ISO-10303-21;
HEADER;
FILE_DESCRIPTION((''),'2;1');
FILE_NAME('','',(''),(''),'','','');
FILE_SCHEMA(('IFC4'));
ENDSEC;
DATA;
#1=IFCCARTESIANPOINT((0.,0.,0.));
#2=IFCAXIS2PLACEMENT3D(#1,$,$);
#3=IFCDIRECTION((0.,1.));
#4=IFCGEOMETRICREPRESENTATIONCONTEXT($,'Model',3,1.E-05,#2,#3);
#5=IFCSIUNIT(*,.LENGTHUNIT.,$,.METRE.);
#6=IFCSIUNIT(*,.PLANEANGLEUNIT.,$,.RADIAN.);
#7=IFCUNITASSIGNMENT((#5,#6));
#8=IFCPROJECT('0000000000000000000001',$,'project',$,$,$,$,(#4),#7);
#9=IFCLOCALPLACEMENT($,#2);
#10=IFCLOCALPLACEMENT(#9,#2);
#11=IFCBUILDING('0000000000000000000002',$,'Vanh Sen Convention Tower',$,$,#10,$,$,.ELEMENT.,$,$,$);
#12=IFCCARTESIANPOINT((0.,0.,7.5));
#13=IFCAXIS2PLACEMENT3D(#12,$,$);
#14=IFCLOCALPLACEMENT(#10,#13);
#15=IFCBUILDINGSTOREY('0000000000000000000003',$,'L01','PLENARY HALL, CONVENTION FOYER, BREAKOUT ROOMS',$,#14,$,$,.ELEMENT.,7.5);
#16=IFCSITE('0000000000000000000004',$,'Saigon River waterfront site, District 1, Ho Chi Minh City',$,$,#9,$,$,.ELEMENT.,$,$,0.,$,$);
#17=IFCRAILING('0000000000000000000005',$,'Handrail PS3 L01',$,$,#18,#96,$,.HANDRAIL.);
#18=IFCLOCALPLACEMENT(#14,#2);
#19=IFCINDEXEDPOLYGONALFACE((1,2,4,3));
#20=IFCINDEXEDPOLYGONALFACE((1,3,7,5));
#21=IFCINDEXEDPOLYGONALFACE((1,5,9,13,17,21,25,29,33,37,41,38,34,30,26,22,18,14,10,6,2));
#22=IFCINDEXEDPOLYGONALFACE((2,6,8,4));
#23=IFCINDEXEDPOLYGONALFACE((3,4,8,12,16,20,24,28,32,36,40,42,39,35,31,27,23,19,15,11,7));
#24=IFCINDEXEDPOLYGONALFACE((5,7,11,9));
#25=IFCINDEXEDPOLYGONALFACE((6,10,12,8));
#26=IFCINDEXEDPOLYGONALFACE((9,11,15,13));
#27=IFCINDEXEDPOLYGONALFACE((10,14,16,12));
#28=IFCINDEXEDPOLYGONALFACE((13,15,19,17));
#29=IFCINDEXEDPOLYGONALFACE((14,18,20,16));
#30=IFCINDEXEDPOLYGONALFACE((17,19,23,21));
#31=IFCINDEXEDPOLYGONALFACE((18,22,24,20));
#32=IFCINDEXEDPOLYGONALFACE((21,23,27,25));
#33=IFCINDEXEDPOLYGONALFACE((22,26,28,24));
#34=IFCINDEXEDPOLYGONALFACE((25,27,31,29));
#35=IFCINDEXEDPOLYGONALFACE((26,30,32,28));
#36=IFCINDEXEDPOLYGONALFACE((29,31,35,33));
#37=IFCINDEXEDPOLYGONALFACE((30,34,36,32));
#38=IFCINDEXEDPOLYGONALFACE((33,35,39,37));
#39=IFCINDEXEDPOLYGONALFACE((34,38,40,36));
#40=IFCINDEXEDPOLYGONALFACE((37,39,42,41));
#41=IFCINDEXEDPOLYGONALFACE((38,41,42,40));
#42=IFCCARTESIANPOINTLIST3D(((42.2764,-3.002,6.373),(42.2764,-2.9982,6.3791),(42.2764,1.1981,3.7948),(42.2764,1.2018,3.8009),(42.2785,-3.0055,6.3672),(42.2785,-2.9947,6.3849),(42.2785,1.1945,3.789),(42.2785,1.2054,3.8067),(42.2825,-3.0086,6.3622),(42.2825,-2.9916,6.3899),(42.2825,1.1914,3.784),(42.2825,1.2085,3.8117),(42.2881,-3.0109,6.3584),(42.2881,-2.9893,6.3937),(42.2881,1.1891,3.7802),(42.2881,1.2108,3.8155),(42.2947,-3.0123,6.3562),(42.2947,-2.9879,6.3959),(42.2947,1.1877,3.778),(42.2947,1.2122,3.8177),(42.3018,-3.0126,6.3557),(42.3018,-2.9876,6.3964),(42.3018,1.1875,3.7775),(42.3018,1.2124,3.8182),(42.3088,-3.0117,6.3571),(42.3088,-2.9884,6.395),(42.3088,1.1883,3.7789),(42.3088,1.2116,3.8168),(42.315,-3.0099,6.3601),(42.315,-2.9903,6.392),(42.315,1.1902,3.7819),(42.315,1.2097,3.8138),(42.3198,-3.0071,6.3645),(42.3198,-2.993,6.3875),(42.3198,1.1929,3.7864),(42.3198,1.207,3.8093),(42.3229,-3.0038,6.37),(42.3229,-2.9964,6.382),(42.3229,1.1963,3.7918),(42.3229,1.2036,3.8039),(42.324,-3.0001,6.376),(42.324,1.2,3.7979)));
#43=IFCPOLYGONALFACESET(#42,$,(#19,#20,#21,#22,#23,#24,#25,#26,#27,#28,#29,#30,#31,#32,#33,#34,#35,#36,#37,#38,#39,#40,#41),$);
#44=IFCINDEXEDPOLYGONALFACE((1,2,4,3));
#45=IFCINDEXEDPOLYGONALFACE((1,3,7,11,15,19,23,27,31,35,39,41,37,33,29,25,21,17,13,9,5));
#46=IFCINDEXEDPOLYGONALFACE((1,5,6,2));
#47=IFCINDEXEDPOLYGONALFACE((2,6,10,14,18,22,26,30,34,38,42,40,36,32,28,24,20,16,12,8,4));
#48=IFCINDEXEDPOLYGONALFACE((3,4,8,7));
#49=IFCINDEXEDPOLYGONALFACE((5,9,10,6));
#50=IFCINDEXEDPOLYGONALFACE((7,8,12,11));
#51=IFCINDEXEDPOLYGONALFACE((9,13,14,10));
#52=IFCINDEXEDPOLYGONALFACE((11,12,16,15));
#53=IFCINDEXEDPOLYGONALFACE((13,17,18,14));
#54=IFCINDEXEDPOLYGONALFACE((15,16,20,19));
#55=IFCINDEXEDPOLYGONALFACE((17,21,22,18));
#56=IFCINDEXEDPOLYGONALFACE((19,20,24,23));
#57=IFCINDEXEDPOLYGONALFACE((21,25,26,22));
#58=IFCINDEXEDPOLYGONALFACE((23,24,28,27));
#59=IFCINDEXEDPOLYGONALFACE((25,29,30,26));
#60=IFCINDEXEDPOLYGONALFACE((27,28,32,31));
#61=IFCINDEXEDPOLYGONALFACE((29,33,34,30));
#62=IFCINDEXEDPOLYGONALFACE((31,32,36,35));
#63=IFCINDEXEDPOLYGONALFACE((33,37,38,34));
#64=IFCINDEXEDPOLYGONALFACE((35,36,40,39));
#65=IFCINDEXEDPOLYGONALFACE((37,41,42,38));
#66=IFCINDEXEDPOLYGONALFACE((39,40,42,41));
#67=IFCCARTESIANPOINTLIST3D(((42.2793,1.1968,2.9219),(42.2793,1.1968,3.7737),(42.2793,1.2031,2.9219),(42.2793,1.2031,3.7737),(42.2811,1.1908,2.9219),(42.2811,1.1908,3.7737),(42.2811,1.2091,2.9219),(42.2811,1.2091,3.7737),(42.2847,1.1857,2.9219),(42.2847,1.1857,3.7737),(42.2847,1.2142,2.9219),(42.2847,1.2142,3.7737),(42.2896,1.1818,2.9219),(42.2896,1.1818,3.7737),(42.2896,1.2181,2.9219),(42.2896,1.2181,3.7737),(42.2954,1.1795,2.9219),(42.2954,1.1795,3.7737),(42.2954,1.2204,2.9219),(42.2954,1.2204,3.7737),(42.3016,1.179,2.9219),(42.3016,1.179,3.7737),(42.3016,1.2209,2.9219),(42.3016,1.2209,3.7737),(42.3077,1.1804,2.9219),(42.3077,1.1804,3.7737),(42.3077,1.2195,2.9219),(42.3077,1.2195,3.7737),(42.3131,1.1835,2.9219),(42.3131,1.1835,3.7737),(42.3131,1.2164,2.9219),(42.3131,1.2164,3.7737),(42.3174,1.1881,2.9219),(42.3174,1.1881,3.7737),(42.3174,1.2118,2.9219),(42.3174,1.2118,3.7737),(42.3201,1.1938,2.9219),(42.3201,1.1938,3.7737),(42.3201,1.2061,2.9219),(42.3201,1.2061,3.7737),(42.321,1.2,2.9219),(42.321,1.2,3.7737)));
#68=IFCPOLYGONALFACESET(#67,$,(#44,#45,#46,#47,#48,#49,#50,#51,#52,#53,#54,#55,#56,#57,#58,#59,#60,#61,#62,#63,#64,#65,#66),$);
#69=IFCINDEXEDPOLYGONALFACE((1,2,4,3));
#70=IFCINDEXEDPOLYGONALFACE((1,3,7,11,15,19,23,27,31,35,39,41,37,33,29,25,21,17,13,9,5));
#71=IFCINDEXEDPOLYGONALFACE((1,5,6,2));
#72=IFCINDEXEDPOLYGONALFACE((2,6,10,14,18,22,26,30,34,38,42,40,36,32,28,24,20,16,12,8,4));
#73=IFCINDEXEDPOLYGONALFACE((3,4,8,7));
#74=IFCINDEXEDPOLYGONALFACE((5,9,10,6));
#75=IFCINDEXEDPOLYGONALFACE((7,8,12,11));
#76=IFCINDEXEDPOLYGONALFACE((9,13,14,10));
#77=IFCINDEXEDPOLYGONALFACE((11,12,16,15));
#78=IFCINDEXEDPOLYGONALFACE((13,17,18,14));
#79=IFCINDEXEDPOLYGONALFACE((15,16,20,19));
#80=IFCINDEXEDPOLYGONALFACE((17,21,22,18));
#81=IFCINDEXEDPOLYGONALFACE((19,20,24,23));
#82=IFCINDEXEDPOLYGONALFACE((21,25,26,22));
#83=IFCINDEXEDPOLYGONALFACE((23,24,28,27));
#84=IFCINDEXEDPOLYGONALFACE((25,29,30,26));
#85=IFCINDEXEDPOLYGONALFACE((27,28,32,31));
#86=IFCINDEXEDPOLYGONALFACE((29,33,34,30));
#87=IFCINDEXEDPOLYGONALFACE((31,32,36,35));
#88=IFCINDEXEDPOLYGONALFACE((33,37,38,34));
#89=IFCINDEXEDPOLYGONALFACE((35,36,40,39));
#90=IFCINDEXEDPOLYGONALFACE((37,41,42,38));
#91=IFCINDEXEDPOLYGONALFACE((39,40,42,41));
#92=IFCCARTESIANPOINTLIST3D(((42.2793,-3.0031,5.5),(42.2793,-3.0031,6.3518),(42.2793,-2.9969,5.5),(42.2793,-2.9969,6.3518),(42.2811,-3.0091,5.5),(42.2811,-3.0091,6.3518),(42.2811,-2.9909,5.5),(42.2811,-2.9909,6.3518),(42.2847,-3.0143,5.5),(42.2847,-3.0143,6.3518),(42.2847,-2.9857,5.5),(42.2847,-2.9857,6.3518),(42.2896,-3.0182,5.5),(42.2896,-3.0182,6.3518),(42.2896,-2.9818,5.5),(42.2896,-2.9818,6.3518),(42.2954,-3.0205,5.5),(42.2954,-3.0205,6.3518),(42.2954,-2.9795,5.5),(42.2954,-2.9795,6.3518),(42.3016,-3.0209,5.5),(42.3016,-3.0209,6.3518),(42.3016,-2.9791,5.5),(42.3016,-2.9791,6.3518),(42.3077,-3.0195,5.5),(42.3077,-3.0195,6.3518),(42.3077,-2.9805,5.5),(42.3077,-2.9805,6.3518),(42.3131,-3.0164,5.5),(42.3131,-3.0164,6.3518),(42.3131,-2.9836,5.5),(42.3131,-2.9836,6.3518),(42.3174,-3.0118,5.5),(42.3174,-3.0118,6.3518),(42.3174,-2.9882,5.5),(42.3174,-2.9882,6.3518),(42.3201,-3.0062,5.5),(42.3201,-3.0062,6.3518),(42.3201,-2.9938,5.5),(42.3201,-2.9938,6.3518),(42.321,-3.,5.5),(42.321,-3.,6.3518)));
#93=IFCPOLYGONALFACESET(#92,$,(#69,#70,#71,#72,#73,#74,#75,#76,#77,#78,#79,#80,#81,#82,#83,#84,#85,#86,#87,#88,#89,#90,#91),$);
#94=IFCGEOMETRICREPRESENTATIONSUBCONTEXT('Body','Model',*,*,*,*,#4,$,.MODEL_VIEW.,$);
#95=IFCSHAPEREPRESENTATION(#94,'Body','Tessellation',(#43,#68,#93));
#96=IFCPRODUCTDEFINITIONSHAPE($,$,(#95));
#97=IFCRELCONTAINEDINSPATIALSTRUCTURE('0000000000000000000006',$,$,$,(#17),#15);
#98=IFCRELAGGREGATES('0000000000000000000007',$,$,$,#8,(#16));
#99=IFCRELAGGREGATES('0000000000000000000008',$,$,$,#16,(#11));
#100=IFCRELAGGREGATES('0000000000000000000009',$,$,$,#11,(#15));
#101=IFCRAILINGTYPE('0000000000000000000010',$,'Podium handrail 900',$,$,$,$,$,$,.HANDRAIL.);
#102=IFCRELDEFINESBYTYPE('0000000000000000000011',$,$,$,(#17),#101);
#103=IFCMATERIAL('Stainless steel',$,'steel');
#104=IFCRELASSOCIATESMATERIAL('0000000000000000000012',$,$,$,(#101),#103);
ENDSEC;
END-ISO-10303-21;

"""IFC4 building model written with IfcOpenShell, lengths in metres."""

from ifc_helpers import new_model, si_unit, direction, frame, origin, origin_2d, place, context, subcontext, project, spatial, circle, extrude, material, type_object, element, save


model = new_model("IFC4")

# Units and contexts
model_context = context("Model", 3, precision=1e-05, world=origin(), true_north=direction((0.0, 1.0)))
body_context = subcontext(model_context, "Body", "Model", "MODEL_VIEW")
ifc_project = project(units=[si_unit("LENGTHUNIT", "METRE"), si_unit("PLANEANGLEUNIT", "RADIAN")], contexts=[model_context])

# Site, building, storey
site_placement = place(None, origin())
site = spatial("IfcSite", under=ifc_project, at=site_placement, Name="Saigon River waterfront site, District 1, Ho Chi Minh City", CompositionType="ELEMENT", RefElevation=0.0)
building_placement = place(site_placement, origin())
building = spatial("IfcBuilding", under=site, at=building_placement, Name="Vanh Sen Convention Tower", CompositionType="ELEMENT")
storey_placement = place(building_placement, frame((0.0, 0.0, 7.5)))
storey = spatial("IfcBuildingStorey", under=building, at=storey_placement, Name="L01", Description="PLENARY HALL, CONVENTION FOYER, BREAKOUT ROOMS", CompositionType="ELEMENT", Elevation=7.5)

# Railing
ifc_material_1 = material(Name="Stainless steel", Category="steel")
railing_type = type_object("IfcRailingType", Name="Podium handrail 900", PredefinedType="HANDRAIL", material=ifc_material_1)
railing_placement = place(storey_placement, frame((42.3, 1.2, 2.9219)))
element("IfcRailing", 1, at=railing_placement, inside=storey, type_object=railing_type, Name="Handrail PS3 L01", PredefinedType="HANDRAIL", context=body_context, shape_type="SweptSolid", body=[
    extrude(circle(Radius=0.0239, at=origin_2d()), frame((0.0, 0.0, 0.876), z_axis=(0.0, -0.852243, 0.523146), x_axis=(1.0, 0.0, 0.0)), (0.0, 0.0, 1.0), 4.9282),
    extrude(circle(Radius=0.021, at=origin_2d()), origin(), (0.0, 0.0, 1.0), 0.8518),
    extrude(circle(Radius=0.021, at=origin_2d()), frame((0.0, -4.2, 2.5781)), (0.0, 0.0, 1.0), 0.8518),
])

save(model, "model.ifc")
